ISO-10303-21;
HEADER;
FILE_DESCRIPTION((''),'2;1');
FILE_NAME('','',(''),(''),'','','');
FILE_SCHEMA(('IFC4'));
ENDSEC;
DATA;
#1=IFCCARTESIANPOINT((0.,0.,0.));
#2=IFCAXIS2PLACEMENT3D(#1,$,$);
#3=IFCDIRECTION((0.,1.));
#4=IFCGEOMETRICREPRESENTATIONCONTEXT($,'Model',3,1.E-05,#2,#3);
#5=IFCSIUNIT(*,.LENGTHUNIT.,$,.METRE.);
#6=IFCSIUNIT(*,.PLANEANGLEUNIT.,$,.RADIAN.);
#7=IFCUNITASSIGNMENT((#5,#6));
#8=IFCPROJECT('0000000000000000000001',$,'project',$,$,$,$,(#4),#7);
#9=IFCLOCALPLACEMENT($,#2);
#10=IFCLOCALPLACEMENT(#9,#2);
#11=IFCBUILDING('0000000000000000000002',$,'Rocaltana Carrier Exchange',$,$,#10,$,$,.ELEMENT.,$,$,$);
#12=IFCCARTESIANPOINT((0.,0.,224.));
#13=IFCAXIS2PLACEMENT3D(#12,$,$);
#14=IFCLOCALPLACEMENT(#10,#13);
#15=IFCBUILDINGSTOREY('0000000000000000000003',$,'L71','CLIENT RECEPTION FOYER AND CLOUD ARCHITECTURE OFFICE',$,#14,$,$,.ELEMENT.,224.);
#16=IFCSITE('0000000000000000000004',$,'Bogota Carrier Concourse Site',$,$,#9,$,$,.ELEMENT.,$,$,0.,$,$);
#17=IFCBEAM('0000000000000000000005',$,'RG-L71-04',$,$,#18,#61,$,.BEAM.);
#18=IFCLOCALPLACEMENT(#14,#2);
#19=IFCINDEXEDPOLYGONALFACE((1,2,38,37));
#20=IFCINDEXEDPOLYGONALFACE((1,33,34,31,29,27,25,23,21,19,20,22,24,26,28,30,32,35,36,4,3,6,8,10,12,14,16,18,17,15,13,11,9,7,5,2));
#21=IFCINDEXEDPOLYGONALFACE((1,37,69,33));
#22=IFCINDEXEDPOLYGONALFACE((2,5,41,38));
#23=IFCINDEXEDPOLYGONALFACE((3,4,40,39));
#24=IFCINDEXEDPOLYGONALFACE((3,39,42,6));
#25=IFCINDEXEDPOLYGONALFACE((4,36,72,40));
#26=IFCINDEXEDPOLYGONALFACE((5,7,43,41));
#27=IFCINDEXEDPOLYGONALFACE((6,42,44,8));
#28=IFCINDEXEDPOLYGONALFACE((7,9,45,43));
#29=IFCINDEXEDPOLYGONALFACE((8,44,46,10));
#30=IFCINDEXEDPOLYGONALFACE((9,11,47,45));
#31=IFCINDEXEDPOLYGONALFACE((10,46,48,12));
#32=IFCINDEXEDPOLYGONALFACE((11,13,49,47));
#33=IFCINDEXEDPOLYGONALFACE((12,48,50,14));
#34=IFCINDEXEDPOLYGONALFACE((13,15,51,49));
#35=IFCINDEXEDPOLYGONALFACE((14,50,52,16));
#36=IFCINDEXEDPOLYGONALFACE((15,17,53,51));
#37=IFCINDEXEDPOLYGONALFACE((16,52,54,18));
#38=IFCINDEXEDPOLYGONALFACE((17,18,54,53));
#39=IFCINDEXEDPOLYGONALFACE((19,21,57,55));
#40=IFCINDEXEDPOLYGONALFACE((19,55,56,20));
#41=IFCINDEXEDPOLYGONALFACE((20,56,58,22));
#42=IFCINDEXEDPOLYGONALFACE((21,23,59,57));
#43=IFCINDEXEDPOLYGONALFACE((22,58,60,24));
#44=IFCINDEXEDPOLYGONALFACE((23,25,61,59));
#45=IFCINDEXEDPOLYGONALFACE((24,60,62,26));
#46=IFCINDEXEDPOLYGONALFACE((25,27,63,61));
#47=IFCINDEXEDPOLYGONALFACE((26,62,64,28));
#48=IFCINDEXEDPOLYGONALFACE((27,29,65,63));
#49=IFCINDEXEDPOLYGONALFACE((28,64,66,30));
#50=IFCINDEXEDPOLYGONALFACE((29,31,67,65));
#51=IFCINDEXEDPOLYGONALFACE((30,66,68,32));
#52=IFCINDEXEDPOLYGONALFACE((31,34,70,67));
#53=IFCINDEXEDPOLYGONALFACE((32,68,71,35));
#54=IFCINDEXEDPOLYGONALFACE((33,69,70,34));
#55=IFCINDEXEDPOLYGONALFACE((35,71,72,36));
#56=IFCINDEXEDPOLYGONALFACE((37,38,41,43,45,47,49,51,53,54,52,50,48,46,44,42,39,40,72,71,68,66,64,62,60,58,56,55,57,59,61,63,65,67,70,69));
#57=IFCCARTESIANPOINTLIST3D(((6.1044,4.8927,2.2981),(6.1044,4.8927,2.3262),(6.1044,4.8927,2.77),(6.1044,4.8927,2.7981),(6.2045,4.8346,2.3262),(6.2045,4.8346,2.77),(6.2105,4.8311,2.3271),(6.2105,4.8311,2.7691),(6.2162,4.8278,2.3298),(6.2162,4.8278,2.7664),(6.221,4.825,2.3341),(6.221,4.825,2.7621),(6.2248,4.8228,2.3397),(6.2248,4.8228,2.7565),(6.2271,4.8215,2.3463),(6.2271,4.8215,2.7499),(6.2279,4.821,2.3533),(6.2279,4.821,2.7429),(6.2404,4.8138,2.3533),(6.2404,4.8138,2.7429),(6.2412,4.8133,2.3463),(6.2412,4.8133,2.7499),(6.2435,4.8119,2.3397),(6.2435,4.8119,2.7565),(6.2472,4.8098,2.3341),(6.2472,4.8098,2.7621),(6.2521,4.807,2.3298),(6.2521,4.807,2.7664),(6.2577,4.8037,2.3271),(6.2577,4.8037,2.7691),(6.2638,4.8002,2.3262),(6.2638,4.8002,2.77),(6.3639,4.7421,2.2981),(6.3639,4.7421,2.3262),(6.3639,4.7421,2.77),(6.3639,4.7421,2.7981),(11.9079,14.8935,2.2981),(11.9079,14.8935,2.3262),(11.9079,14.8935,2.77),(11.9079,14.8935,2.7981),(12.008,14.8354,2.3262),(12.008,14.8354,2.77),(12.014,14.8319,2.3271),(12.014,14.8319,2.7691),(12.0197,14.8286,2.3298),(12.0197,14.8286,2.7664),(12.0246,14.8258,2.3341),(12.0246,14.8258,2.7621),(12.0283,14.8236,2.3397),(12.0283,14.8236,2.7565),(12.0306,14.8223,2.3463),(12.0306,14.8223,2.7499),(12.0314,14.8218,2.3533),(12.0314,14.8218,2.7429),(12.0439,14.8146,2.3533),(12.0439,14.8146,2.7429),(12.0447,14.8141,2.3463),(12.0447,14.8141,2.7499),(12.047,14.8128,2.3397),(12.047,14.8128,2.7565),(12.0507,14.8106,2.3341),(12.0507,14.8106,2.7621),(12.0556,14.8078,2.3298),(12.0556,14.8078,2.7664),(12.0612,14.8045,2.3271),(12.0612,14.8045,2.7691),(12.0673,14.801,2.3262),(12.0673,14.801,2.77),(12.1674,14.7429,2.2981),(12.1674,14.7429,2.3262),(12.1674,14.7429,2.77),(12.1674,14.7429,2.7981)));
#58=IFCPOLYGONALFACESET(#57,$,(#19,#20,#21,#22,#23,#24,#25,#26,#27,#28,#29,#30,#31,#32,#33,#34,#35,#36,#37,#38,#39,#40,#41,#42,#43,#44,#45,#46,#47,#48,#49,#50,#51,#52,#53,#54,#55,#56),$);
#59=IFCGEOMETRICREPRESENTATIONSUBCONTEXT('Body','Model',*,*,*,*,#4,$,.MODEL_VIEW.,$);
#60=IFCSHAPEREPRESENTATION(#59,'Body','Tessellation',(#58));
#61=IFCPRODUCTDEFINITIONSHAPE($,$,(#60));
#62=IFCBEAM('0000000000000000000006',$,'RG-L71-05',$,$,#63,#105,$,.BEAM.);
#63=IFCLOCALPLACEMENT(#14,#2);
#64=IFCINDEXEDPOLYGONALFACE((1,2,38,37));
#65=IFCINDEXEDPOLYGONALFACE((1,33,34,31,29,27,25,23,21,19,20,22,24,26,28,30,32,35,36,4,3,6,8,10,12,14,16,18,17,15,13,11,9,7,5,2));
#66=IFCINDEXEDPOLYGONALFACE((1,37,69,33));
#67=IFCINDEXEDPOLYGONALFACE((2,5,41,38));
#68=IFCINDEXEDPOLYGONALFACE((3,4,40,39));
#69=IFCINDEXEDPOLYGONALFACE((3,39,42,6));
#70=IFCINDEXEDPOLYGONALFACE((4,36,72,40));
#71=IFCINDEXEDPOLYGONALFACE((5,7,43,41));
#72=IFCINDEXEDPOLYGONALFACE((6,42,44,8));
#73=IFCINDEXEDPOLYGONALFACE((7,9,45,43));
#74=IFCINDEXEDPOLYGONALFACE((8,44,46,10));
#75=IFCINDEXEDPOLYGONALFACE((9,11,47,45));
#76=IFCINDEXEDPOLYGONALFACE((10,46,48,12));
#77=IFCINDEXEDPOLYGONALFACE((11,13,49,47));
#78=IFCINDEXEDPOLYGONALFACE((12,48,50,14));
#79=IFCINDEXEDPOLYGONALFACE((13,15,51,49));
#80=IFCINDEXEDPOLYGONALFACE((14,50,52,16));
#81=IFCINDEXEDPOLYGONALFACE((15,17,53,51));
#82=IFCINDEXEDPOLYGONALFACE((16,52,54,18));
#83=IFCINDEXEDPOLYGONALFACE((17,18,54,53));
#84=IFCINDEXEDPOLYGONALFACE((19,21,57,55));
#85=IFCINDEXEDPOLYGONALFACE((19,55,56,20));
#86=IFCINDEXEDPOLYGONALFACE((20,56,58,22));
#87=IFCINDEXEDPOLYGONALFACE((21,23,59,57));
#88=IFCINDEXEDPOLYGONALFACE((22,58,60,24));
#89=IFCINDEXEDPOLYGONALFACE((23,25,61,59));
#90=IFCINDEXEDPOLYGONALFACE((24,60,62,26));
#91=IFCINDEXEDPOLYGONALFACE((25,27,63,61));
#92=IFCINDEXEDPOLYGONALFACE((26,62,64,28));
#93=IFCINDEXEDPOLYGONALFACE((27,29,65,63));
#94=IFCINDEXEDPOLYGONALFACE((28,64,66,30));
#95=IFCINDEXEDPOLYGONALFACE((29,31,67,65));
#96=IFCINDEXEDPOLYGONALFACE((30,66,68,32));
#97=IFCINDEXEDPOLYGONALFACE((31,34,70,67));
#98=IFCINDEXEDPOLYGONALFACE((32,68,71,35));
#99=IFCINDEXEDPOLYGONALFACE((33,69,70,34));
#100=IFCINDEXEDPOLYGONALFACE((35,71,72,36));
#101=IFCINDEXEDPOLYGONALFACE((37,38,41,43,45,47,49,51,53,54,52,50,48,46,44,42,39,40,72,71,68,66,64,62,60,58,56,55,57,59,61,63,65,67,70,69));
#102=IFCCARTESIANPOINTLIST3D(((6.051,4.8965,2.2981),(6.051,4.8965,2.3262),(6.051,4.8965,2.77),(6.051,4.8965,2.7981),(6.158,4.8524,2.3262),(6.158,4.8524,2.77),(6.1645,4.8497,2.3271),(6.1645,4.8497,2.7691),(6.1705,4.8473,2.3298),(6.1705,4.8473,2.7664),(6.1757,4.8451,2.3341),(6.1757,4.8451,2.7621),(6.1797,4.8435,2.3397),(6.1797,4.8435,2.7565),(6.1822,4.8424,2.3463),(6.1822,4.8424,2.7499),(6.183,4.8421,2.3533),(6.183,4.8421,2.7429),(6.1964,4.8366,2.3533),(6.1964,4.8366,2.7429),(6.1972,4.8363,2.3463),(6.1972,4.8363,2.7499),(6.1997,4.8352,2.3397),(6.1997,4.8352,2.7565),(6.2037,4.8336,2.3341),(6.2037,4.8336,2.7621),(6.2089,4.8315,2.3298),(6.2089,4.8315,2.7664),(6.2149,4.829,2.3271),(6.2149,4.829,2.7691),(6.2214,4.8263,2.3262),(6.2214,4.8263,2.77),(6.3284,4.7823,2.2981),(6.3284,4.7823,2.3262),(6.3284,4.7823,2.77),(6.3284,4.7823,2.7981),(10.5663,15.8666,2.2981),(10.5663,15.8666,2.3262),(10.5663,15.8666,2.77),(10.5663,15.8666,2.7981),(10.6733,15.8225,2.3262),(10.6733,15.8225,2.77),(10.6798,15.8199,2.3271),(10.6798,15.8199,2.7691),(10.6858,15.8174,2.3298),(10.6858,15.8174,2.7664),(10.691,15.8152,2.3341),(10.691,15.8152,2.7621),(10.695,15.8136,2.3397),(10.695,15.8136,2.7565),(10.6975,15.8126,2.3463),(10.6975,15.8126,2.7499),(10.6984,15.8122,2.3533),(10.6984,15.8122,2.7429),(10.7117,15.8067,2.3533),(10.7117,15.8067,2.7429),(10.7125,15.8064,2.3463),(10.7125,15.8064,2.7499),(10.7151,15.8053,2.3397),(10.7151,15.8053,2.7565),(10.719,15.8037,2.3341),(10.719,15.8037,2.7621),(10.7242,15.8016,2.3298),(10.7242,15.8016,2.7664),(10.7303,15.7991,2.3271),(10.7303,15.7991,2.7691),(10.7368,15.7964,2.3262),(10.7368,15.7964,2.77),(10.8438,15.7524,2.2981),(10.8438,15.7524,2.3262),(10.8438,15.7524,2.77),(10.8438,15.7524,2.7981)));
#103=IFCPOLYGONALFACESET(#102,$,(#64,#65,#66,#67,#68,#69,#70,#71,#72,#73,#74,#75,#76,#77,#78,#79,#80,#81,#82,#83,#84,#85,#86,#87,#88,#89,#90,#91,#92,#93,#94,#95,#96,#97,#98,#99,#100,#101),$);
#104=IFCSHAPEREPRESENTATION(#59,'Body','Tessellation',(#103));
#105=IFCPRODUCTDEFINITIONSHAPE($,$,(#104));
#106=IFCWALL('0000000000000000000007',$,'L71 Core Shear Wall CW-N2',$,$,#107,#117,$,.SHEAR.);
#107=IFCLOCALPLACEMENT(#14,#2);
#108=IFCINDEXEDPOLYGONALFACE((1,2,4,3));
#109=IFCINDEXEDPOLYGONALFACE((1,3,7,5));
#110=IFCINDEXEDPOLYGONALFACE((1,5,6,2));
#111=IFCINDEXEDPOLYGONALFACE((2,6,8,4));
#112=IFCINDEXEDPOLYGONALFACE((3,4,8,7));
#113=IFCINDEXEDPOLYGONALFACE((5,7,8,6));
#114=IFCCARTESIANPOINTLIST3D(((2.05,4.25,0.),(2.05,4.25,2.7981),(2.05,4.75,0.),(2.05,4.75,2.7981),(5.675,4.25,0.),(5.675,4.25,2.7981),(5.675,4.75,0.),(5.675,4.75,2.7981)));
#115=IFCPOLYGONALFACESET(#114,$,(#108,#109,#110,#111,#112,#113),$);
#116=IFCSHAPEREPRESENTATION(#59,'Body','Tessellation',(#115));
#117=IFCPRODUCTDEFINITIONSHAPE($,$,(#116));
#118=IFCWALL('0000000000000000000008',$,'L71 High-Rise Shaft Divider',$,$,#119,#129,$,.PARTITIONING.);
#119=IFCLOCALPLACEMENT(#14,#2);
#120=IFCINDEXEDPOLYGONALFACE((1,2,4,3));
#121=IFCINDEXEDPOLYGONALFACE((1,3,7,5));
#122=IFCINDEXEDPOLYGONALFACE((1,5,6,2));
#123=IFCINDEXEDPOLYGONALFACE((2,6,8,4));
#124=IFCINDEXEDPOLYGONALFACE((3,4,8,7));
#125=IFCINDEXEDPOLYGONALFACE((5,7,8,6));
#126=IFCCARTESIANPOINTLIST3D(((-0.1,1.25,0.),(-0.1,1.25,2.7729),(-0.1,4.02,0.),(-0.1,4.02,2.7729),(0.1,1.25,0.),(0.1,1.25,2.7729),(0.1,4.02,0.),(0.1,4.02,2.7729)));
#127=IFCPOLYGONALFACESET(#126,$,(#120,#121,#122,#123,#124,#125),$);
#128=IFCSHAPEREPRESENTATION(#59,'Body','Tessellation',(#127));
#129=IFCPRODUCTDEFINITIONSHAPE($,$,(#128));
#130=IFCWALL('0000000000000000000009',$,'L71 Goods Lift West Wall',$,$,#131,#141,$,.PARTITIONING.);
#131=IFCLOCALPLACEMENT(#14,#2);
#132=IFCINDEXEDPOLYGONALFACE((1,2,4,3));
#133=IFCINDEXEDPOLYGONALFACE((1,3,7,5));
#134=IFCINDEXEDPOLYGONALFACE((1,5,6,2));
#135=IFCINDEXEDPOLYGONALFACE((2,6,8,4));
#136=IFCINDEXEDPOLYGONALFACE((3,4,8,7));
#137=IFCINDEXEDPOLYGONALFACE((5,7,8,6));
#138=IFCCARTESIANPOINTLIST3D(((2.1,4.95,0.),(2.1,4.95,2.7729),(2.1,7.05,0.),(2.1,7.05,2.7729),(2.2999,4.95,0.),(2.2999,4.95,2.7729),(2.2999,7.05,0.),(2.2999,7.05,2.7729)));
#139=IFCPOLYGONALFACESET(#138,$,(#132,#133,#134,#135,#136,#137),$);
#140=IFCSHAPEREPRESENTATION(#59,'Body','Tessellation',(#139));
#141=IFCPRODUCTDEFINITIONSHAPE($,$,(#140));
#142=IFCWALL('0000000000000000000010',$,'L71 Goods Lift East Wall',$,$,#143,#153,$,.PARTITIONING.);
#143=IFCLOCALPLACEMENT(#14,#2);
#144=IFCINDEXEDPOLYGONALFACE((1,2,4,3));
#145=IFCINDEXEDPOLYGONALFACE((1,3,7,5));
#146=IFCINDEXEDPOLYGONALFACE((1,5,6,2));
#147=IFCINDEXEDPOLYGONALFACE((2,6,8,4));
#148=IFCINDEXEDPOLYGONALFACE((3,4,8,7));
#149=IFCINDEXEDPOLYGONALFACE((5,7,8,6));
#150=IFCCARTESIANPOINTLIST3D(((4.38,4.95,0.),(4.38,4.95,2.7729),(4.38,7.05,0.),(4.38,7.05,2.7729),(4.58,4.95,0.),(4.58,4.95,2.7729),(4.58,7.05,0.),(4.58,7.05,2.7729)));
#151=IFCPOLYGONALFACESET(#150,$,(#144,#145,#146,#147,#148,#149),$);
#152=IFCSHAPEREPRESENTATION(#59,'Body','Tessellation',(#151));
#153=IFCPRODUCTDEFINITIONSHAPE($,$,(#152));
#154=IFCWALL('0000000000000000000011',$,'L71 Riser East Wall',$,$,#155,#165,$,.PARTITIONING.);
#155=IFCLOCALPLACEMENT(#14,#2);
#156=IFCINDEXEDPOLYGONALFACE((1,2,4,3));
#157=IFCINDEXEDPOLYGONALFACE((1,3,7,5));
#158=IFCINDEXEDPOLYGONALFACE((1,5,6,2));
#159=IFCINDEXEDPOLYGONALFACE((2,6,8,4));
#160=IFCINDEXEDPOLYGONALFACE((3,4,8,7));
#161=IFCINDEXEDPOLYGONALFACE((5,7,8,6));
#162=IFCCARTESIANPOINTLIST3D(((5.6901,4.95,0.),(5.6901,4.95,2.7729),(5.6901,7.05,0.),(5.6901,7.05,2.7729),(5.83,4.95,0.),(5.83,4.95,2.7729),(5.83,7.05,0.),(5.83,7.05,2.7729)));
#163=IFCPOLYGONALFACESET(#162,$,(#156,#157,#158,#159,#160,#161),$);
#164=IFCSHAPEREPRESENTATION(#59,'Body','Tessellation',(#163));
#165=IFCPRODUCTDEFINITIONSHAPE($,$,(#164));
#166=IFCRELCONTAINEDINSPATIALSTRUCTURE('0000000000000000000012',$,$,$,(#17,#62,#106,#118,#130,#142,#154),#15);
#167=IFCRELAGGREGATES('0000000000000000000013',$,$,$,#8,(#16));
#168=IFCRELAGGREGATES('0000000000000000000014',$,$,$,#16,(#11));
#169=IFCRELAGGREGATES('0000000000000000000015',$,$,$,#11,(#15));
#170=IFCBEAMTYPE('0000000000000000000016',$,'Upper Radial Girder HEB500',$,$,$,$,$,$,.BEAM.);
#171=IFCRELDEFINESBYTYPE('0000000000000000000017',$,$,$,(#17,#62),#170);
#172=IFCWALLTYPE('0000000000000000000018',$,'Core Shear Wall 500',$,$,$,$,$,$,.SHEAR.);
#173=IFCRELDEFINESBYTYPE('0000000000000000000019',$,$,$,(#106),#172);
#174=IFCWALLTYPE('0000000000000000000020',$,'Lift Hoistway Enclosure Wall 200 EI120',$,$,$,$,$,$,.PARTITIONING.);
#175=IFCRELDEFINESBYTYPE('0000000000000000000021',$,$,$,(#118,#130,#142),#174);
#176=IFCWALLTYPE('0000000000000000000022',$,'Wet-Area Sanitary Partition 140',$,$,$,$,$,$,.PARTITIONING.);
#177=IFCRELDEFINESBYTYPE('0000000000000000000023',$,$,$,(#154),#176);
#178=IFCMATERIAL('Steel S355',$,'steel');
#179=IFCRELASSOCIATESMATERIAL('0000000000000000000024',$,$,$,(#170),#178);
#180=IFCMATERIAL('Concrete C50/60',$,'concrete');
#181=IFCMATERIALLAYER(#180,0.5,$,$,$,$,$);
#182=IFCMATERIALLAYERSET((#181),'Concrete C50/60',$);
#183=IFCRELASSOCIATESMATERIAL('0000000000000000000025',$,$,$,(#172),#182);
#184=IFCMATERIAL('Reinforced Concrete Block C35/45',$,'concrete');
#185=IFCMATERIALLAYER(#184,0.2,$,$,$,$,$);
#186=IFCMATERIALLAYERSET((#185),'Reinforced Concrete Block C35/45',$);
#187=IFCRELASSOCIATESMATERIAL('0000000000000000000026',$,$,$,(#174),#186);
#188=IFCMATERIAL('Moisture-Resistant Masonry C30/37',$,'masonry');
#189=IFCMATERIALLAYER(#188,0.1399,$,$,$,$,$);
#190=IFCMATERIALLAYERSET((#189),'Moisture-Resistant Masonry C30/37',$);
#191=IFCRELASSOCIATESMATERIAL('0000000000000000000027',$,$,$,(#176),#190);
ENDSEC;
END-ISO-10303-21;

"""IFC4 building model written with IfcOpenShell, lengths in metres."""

from ifc_helpers import new_model, si_unit, direction, frame, frame_2d, origin, origin_2d, place, context, subcontext, project, spatial, rectangle, i_section, extrude, material, layer, layer_set, material_profile, profile_set, type_object, element, save


model = new_model("IFC4")

# Units and contexts
model_context = context("Model", 3, precision=1e-05, world=origin(), true_north=direction((0.0, 1.0)))
body_context = subcontext(model_context, "Body", "Model", "MODEL_VIEW")
ifc_project = project(units=[si_unit("LENGTHUNIT", "METRE"), si_unit("PLANEANGLEUNIT", "RADIAN")], contexts=[model_context])

# Site, building, storey
site_placement = place(None, origin())
site = spatial("IfcSite", under=ifc_project, at=site_placement, Name="Bogota Carrier Concourse Site", CompositionType="ELEMENT", RefElevation=0.0)
building_placement = place(site_placement, origin())
building = spatial("IfcBuilding", under=site, at=building_placement, Name="Rocaltana Carrier Exchange", CompositionType="ELEMENT")
storey_placement = place(building_placement, frame((0.0, 0.0, 224.0)))
storey = spatial("IfcBuildingStorey", under=building, at=storey_placement, Name="L71", Description="CLIENT RECEPTION FOYER AND CLOUD ARCHITECTURE OFFICE", CompositionType="ELEMENT", Elevation=224.0)

# Beams
ifc_material_1 = material(Name="Steel S355", Category="steel")
ifc_material_profile_1 = material_profile(ifc_material_1, i_section(OverallWidth=0.3, OverallDepth=0.5, WebThickness=0.0144, FlangeThickness=0.0281, FilletRadius=0.0271, at=origin_2d()), Name="HEB500")
ifc_profile_set_1 = profile_set([ifc_material_profile_1], Name="Steel S355")
beam_type_1 = type_object("IfcBeamType", Name="Upper Radial Girder HEB500", PredefinedType="BEAM", material=ifc_profile_set_1)
beam_1_placement = place(storey_placement, frame((6.2341, 4.8174, 2.5481), z_axis=(0.501915, 0.864917, 0.0), x_axis=(-0.864917, 0.501915, 0.0)))
element("IfcBeam", 1, at=beam_1_placement, inside=storey, type_object=beam_type_1, Name="RG-L71-04", PredefinedType="BEAM", context=body_context, shape_type="SweptSolid", body=[
    extrude(i_section(OverallWidth=0.3, OverallDepth=0.5, WebThickness=0.0144, FlangeThickness=0.0281, FilletRadius=0.0271, at=origin_2d()), origin(), (0.0, 0.0, 1.0), 11.5627),
])
beam_2_placement = place(storey_placement, frame((6.1897, 4.8394, 2.5481), z_axis=(0.380622, 0.924731, 0.0), x_axis=(-0.924731, 0.380622, 0.0)))
element("IfcBeam", 2, at=beam_2_placement, inside=storey, type_object=beam_type_1, Name="RG-L71-05", PredefinedType="BEAM", context=body_context, shape_type="SweptSolid", body=[
    extrude(i_section(OverallWidth=0.3, OverallDepth=0.5, WebThickness=0.0144, FlangeThickness=0.0281, FilletRadius=0.0271, at=origin_2d()), origin(), (0.0, 0.0, 1.0), 11.863),
])

# Walls
ifc_material_2 = material(Name="Concrete C50/60", Category="concrete")
ifc_layer_1 = layer(ifc_material_2, 0.5)
ifc_layer_set_1 = layer_set([ifc_layer_1], Name="Concrete C50/60")
wall_type_1 = type_object("IfcWallType", Name="Core Shear Wall 500", PredefinedType="SHEAR", material=ifc_layer_set_1)
wall_1_placement = place(storey_placement, frame((2.05, 4.5, 0.0), z_axis=(0.0, 0.0, 1.0), x_axis=(1.0, 0.0, 0.0)))
element("IfcWall", 3, at=wall_1_placement, inside=storey, type_object=wall_type_1, Name="L71 Core Shear Wall CW-N2", PredefinedType="SHEAR", context=body_context, shape_type="SweptSolid", body=[
    extrude(rectangle(XDim=3.625, YDim=0.5, at=frame_2d((1.8125, 0.0))), origin(), (0.0, 0.0, 1.0), 2.7981),
])
ifc_material_3 = material(Name="Reinforced Concrete Block C35/45", Category="concrete")
ifc_layer_2 = layer(ifc_material_3, 0.2)
ifc_layer_set_2 = layer_set([ifc_layer_2], Name="Reinforced Concrete Block C35/45")
wall_type_2 = type_object("IfcWallType", Name="Lift Hoistway Enclosure Wall 200 EI120", PredefinedType="PARTITIONING", material=ifc_layer_set_2)
wall_2_placement = place(storey_placement, frame((0.0, 1.25, 0.0), z_axis=(0.0, 0.0, 1.0), x_axis=(0.0, 1.0, 0.0)))
element("IfcWall", 4, at=wall_2_placement, inside=storey, type_object=wall_type_2, Name="L71 High-Rise Shaft Divider", PredefinedType="PARTITIONING", context=body_context, shape_type="SweptSolid", body=[
    extrude(rectangle(XDim=2.77, YDim=0.2, at=frame_2d((1.385, 0.0))), origin(), (0.0, 0.0, 1.0), 2.7729),
])
for number, where, z_axis, x_axis, name in (
    (5, (2.2, 4.95, 0.0), (0.0, 0.0, 1.0), (0.0, 1.0, 0.0), "L71 Goods Lift West Wall"),
    (6, (4.48, 4.95, 0.0), (0.0, 0.0, 1.0), (0.0, 1.0, 0.0), "L71 Goods Lift East Wall"),
):
    element("IfcWall", number, at=place(storey_placement, frame(where, z_axis=z_axis, x_axis=x_axis)), inside=storey, type_object=wall_type_2, Name=name, PredefinedType="PARTITIONING", context=body_context, shape_type="SweptSolid", body=[
        extrude(rectangle(XDim=2.1001, YDim=0.2, at=frame_2d((1.05, 0.0))), origin(), (0.0, 0.0, 1.0), 2.7729),
    ])
ifc_material_4 = material(Name="Moisture-Resistant Masonry C30/37", Category="masonry")
ifc_layer_3 = layer(ifc_material_4, 0.1399)
ifc_layer_set_3 = layer_set([ifc_layer_3], Name="Moisture-Resistant Masonry C30/37")
wall_type_3 = type_object("IfcWallType", Name="Wet-Area Sanitary Partition 140", PredefinedType="PARTITIONING", material=ifc_layer_set_3)
wall_3_placement = place(storey_placement, frame((5.76, 4.95, 0.0), z_axis=(0.0, 0.0, 1.0), x_axis=(0.0, 1.0, 0.0)))
element("IfcWall", 7, at=wall_3_placement, inside=storey, type_object=wall_type_3, Name="L71 Riser East Wall", PredefinedType="PARTITIONING", context=body_context, shape_type="SweptSolid", body=[
    extrude(rectangle(XDim=2.1001, YDim=0.1399, at=frame_2d((1.05, 0.0))), origin(), (0.0, 0.0, 1.0), 2.7729),
])

save(model, "model.ifc")
